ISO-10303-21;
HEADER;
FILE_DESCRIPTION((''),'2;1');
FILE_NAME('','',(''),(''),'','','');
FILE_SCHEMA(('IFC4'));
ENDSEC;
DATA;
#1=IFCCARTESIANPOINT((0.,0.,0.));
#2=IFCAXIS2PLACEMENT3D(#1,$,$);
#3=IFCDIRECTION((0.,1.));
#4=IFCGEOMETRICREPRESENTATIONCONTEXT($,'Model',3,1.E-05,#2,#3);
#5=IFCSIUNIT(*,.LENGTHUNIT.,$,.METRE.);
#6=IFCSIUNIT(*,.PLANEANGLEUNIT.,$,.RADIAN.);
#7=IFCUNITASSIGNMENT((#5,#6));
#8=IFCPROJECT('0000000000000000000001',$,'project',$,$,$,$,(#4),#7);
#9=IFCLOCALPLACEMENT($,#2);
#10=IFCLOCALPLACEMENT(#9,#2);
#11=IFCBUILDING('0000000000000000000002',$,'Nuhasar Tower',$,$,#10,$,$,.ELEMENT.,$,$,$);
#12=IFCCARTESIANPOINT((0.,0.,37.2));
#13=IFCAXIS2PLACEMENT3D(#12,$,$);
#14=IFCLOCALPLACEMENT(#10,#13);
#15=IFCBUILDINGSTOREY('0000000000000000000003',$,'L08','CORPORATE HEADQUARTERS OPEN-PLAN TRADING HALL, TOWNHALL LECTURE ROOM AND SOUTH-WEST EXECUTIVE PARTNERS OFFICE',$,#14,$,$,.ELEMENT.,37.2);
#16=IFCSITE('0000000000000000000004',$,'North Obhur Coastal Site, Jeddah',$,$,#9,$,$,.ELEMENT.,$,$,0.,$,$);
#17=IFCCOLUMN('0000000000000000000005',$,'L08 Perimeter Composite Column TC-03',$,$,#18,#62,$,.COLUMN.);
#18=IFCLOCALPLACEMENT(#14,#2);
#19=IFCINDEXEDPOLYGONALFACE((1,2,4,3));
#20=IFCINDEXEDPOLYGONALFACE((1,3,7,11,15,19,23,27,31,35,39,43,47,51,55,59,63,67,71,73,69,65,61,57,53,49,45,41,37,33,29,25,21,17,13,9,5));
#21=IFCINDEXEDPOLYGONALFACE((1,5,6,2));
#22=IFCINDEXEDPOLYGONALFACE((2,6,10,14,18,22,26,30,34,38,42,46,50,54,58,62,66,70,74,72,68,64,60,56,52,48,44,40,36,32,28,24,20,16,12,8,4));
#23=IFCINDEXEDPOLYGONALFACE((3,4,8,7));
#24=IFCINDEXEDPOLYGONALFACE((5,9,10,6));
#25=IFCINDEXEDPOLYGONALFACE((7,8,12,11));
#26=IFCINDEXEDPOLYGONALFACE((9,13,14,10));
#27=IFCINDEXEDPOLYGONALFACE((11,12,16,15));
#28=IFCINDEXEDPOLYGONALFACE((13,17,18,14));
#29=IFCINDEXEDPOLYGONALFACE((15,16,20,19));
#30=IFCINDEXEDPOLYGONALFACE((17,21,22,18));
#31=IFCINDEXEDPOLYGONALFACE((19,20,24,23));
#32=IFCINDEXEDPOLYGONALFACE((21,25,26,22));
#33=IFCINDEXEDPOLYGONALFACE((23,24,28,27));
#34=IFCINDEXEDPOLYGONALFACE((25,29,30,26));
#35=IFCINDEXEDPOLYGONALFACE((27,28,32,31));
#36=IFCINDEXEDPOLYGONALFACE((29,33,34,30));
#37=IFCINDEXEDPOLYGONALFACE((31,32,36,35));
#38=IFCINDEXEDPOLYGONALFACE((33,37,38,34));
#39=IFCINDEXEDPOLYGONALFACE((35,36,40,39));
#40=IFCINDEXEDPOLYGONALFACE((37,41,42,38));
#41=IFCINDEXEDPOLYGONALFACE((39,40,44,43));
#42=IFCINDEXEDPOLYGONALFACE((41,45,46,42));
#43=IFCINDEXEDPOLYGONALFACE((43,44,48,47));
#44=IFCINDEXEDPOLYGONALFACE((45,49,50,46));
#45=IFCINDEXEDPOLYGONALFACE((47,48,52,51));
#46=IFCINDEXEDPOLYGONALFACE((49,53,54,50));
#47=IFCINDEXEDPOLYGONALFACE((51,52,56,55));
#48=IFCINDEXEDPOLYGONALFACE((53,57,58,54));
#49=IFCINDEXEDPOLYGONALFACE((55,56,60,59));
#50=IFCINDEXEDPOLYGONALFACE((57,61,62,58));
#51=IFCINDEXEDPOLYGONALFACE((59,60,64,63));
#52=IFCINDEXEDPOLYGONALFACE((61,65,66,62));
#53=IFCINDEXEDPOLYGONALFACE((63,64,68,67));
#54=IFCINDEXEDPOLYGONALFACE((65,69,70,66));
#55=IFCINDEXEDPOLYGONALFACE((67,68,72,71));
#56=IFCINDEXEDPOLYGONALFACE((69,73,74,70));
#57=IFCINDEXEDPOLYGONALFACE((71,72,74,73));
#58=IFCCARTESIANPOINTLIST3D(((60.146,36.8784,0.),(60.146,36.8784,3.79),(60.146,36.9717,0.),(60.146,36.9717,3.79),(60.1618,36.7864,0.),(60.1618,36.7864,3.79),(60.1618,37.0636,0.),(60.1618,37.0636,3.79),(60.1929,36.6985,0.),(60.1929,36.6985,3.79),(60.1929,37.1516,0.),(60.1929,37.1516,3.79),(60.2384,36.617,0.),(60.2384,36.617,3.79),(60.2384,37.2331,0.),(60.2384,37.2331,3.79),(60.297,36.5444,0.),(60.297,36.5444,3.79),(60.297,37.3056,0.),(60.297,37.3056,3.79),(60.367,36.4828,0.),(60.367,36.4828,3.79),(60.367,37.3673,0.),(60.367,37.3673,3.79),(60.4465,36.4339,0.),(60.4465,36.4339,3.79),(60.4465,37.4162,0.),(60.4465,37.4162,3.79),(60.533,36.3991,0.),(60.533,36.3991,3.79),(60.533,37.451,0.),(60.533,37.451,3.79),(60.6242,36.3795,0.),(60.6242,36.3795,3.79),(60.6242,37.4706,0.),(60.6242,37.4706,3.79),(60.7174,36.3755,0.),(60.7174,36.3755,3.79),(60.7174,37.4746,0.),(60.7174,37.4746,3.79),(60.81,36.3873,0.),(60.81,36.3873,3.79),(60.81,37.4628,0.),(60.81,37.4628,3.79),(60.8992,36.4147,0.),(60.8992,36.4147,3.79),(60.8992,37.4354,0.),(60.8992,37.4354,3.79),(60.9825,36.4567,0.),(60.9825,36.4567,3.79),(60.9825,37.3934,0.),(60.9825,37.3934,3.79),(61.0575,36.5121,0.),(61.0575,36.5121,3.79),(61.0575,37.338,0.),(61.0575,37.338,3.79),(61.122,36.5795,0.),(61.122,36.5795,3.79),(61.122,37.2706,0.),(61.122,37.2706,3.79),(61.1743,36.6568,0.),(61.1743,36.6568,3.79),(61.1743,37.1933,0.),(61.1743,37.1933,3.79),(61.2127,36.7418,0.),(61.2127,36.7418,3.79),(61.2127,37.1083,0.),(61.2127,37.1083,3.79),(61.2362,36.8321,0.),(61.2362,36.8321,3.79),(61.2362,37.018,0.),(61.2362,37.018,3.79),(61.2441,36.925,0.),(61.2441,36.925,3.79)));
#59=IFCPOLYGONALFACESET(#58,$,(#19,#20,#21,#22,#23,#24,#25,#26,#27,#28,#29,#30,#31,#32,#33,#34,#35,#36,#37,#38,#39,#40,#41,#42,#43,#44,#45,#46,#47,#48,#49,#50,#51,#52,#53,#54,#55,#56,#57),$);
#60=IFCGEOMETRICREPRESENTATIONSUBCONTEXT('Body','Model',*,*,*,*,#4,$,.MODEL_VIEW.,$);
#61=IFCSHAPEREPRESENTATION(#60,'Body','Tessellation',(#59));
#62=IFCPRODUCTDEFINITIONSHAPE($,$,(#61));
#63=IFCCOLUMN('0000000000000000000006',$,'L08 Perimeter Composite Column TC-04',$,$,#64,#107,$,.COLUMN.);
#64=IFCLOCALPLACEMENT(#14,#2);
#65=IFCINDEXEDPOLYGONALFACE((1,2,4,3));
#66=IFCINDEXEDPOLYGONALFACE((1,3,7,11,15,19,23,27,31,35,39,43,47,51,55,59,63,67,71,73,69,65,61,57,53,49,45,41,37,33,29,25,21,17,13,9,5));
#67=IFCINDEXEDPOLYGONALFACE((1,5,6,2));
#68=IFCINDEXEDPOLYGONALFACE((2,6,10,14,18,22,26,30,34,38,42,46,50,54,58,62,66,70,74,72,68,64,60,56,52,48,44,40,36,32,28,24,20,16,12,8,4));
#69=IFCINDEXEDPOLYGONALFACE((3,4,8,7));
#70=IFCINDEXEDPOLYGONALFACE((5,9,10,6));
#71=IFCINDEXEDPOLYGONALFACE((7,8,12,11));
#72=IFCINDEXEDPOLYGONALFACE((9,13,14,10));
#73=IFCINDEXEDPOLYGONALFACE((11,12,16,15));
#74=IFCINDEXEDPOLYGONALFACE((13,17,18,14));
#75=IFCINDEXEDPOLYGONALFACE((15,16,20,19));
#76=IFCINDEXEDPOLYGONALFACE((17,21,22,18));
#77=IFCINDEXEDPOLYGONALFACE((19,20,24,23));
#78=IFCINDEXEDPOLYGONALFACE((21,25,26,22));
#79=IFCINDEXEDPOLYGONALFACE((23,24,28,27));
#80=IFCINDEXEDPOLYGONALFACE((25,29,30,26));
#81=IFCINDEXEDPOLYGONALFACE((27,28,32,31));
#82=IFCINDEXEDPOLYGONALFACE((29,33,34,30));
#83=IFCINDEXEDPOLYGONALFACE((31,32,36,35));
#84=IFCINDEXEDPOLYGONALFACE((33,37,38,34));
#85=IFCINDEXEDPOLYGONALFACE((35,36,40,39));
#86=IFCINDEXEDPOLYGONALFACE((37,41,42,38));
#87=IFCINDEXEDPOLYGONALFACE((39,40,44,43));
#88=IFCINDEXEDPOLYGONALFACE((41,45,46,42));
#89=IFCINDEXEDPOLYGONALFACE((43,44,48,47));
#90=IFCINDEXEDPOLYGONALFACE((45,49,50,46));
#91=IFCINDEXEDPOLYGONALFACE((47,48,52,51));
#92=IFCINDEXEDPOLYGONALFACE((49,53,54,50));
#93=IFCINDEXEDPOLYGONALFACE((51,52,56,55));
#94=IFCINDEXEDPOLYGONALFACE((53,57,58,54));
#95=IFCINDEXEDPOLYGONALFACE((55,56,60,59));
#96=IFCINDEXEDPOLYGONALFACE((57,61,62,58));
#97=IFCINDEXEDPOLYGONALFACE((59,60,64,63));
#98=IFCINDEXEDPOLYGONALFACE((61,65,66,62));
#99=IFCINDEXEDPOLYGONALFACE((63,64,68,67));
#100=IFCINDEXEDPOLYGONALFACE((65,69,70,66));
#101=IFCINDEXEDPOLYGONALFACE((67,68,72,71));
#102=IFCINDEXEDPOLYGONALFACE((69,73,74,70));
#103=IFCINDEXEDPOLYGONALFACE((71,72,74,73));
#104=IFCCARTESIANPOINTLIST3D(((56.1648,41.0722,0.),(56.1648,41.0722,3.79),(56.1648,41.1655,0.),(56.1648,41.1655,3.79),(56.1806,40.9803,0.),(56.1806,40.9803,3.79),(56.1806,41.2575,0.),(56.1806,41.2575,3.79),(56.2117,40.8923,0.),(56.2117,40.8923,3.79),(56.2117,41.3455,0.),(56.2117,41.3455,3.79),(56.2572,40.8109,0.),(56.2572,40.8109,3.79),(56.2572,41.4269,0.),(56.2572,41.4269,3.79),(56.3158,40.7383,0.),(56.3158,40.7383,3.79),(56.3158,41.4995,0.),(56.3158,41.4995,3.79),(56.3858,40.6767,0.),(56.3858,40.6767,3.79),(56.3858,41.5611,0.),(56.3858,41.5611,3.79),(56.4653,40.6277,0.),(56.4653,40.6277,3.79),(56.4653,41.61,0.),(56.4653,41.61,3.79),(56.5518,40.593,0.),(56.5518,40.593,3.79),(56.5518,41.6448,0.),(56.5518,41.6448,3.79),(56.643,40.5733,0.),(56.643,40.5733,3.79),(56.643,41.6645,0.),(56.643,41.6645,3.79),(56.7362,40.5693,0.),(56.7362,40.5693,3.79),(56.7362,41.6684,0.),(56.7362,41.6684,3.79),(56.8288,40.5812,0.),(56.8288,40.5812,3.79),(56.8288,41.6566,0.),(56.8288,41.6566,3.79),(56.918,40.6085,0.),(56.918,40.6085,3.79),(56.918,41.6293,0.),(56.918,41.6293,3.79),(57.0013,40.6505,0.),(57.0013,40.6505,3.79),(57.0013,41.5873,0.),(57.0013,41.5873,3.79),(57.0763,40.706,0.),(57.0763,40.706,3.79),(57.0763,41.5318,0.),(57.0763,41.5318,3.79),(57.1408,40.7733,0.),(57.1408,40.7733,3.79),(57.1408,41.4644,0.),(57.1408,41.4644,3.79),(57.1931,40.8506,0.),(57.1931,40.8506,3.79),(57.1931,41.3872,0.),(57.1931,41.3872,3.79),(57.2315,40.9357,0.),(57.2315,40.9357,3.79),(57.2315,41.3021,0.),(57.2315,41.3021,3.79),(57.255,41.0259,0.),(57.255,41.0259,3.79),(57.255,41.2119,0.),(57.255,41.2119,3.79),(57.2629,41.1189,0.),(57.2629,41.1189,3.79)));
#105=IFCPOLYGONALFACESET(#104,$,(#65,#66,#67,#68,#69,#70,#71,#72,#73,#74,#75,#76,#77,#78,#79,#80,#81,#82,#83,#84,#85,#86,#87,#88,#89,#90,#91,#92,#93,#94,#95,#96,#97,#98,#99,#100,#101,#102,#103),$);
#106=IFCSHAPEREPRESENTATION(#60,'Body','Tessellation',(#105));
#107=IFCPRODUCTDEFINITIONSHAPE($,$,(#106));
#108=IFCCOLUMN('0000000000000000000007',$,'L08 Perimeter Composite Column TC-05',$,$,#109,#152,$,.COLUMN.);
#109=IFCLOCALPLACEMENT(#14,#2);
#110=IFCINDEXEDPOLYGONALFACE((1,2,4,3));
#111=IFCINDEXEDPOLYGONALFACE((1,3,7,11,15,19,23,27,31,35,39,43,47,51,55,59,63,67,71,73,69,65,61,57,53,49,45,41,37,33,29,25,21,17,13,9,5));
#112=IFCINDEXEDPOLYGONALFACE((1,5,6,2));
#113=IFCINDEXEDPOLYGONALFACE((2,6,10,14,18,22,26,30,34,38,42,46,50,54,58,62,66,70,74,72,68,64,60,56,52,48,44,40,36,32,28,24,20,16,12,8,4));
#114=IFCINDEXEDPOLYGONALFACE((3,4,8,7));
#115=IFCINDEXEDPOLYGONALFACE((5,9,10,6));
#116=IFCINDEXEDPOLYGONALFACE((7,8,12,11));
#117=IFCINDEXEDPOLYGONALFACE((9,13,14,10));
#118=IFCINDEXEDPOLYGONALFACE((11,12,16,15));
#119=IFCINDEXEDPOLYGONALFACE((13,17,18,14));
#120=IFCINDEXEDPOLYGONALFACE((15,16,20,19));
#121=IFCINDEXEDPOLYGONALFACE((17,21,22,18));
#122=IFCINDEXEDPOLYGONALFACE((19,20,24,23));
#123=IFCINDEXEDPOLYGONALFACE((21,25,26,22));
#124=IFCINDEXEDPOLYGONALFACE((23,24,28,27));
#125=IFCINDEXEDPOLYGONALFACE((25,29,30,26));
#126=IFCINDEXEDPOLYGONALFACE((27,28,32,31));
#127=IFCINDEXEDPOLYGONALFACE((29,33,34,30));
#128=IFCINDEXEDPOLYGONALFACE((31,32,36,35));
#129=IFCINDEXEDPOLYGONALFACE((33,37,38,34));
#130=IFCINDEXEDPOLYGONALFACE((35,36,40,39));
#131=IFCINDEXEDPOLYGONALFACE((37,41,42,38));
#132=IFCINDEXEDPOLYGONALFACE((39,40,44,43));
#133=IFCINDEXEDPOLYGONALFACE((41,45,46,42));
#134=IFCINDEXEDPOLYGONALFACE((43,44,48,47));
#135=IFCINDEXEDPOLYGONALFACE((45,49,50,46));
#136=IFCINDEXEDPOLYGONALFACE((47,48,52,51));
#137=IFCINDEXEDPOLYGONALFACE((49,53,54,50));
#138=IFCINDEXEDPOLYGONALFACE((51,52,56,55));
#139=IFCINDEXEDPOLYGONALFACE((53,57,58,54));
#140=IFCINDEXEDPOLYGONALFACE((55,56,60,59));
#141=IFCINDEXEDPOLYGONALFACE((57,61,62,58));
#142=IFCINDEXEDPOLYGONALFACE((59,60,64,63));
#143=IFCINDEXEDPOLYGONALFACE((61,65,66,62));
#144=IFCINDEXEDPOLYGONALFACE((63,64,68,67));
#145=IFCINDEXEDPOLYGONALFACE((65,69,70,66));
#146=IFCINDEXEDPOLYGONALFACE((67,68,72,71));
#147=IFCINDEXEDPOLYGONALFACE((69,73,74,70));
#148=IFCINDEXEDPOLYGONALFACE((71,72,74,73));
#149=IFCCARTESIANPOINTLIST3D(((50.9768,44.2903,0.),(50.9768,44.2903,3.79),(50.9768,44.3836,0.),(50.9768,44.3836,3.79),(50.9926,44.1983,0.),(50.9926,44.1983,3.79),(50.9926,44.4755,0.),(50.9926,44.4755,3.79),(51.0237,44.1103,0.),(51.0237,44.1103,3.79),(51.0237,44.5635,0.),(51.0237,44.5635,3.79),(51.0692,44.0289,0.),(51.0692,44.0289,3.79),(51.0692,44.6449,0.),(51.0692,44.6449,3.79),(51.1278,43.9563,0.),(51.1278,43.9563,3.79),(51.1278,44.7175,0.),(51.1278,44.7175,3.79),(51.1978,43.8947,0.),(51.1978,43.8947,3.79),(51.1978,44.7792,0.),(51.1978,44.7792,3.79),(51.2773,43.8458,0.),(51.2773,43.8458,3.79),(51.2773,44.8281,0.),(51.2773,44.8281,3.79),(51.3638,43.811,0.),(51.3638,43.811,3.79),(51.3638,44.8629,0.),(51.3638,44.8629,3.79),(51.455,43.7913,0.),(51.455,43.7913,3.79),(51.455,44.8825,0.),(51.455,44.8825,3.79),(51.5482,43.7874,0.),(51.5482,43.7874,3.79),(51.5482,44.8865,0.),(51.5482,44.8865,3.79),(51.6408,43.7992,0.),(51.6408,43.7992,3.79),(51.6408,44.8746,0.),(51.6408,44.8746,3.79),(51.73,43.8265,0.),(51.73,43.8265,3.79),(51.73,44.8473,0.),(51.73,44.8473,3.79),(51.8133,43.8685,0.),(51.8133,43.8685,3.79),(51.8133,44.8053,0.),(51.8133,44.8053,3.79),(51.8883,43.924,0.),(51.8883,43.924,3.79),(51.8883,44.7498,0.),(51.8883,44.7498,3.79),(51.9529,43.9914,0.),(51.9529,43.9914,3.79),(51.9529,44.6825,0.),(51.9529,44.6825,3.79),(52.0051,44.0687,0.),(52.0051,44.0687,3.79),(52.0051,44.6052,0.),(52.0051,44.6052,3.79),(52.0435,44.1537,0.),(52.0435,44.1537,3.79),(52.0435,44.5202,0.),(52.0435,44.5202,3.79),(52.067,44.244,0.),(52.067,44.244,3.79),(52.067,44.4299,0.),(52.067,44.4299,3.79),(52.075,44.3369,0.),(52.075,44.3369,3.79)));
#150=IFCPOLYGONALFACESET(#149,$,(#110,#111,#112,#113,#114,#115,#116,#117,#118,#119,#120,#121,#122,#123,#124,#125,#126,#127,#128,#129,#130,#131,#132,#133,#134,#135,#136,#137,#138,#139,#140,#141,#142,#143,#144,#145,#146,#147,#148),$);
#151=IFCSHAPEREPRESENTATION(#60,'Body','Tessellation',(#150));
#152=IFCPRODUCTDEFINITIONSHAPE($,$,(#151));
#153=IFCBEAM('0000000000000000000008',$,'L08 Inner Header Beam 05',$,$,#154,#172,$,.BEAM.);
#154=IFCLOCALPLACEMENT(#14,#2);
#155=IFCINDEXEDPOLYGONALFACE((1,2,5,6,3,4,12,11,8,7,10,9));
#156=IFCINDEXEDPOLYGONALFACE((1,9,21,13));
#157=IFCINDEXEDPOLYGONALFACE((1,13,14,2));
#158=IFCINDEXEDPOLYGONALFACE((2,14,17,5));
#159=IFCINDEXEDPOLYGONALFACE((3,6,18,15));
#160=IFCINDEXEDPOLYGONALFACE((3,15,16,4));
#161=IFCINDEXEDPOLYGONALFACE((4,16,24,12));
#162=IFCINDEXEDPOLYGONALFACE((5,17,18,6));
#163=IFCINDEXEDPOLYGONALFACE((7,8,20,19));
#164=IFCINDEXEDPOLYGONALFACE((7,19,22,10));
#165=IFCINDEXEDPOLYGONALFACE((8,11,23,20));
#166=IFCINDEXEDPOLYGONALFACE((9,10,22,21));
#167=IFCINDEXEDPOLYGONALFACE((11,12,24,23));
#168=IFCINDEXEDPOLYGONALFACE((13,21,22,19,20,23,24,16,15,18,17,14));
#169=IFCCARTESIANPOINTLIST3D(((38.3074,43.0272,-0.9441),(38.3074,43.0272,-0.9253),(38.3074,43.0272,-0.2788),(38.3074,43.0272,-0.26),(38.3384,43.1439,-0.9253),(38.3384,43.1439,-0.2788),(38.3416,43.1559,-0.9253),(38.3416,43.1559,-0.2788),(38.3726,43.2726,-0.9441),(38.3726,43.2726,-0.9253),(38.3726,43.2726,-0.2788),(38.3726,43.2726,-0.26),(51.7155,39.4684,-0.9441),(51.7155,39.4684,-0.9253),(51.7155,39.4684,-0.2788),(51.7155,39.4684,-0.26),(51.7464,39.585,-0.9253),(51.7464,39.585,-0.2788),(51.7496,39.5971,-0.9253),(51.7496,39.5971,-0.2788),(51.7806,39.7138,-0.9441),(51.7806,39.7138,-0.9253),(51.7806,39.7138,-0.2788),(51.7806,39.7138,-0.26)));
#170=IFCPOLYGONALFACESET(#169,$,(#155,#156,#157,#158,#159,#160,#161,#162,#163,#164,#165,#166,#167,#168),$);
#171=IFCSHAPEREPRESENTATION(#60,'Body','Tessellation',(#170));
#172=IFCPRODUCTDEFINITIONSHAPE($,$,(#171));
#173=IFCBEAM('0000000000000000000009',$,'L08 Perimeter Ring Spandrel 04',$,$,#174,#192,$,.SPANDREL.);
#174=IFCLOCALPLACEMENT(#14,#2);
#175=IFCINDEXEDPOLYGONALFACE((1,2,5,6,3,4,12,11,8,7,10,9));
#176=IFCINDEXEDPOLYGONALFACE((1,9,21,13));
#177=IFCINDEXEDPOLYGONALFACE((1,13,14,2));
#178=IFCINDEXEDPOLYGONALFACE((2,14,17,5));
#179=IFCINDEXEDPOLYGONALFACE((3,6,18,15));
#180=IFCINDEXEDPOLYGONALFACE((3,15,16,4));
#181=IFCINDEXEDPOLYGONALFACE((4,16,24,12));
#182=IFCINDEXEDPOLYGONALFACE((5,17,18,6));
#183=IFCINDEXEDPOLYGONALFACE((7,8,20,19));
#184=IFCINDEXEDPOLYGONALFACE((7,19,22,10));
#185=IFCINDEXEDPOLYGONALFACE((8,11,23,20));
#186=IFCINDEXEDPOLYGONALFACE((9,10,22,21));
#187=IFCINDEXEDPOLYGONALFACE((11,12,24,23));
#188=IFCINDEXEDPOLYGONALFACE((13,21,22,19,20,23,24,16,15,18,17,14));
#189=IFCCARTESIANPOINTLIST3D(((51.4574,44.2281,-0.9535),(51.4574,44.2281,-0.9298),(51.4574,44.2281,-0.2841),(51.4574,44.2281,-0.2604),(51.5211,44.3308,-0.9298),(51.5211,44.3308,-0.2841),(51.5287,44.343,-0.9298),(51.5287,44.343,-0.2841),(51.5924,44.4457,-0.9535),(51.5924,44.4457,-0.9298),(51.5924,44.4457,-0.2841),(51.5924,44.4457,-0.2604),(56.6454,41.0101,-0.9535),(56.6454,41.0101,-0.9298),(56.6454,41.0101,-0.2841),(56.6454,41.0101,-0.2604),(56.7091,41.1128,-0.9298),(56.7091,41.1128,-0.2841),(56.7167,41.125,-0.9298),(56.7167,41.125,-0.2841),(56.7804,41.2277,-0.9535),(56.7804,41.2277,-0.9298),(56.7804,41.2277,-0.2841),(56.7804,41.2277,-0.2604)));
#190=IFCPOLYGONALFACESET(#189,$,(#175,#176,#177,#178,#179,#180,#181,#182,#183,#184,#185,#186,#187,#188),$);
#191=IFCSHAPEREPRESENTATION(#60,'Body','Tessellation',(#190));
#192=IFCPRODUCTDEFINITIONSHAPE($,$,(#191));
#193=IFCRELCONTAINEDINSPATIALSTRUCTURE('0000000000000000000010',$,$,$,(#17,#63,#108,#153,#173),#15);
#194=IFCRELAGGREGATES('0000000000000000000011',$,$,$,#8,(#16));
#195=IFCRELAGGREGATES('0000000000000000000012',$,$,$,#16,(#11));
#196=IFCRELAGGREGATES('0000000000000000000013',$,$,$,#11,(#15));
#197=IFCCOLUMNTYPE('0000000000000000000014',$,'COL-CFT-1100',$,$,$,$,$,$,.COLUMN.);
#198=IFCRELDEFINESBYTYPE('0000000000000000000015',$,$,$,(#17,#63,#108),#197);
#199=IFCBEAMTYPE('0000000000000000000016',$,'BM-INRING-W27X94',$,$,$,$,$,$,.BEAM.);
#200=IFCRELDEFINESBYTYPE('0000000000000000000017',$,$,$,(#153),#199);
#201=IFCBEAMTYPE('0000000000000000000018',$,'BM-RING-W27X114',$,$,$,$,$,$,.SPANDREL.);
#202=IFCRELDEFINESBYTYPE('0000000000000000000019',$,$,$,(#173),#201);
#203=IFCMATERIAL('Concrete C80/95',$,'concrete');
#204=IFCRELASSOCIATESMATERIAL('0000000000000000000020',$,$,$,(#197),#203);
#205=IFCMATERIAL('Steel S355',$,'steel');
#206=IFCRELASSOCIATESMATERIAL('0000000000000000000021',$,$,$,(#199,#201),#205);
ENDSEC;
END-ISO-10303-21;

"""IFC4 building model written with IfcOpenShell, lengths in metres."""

from ifc_helpers import new_model, si_unit, direction, frame, origin, origin_2d, place, context, subcontext, project, spatial, circle, i_section, extrude, material, material_profile, profile_set, type_object, element, save


model = new_model("IFC4")

# Units and contexts
model_context = context("Model", 3, precision=1e-05, world=origin(), true_north=direction((0.0, 1.0)))
body_context = subcontext(model_context, "Body", "Model", "MODEL_VIEW")
ifc_project = project(units=[si_unit("LENGTHUNIT", "METRE"), si_unit("PLANEANGLEUNIT", "RADIAN")], contexts=[model_context])

# Site, building, storey
site_placement = place(None, origin())
site = spatial("IfcSite", under=ifc_project, at=site_placement, Name="North Obhur Coastal Site, Jeddah", CompositionType="ELEMENT", RefElevation=0.0)
building_placement = place(site_placement, origin())
building = spatial("IfcBuilding", under=site, at=building_placement, Name="Nuhasar Tower", CompositionType="ELEMENT")
storey_placement = place(building_placement, frame((0.0, 0.0, 37.2)))
storey = spatial("IfcBuildingStorey", under=building, at=storey_placement, Name="L08", Description="CORPORATE HEADQUARTERS OPEN-PLAN TRADING HALL, TOWNHALL LECTURE ROOM AND SOUTH-WEST EXECUTIVE PARTNERS OFFICE", CompositionType="ELEMENT", Elevation=37.2)

# Columns
ifc_material_1 = material(Name="Concrete C80/95", Category="concrete")
ifc_material_profile_1 = material_profile(ifc_material_1, circle(Radius=0.55, at=origin_2d()), Name="CFT1100")
ifc_profile_set_1 = profile_set([ifc_material_profile_1], Name="Concrete C80/95")
column_type = type_object("IfcColumnType", Name="COL-CFT-1100", PredefinedType="COLUMN", material=ifc_profile_set_1)
for number, where, z_axis, x_axis, name in (
    (1, (60.6941, 36.925, 0.0), (0.0, 0.0, 1.0), (1.0, 0.0, 0.0), "L08 Perimeter Composite Column TC-03"),
    (2, (56.7129, 41.1189, 0.0), (0.0, 0.0, 1.0), (1.0, 0.0, 0.0), "L08 Perimeter Composite Column TC-04"),
    (3, (51.5249, 44.3369, 0.0), (0.0, 0.0, 1.0), (1.0, 0.0, 0.0), "L08 Perimeter Composite Column TC-05"),
):
    element("IfcColumn", number, at=place(storey_placement, frame(where, z_axis=z_axis, x_axis=x_axis)), inside=storey, type_object=column_type, Name=name, PredefinedType="COLUMN", context=body_context, shape_type="SweptSolid", body=[
        extrude(circle(Radius=0.55, at=origin_2d()), origin(), (0.0, 0.0, 1.0), 3.79),
    ])

# Beams
ifc_material_2 = material(Name="Steel S355", Category="steel")
ifc_material_profile_2 = material_profile(ifc_material_2, i_section(OverallWidth=0.2539, OverallDepth=0.6841, WebThickness=0.0125, FlangeThickness=0.0188, at=origin_2d()), Name="W27X94")
ifc_profile_set_2 = profile_set([ifc_material_profile_2], Name="Steel S355")
beam_type_1 = type_object("IfcBeamType", Name="BM-INRING-W27X94", PredefinedType="BEAM", material=ifc_profile_set_2)
beam_1_placement = place(storey_placement, frame((51.748, 39.5911, -0.6021), z_axis=(-0.966533, 0.256544, 0.0), x_axis=(-0.256544, -0.966533, 0.0)))
element("IfcBeam", 4, at=beam_1_placement, inside=storey, type_object=beam_type_1, Name="L08 Inner Header Beam 05", PredefinedType="BEAM", context=body_context, shape_type="SweptSolid", body=[
    extrude(i_section(OverallWidth=0.2539, OverallDepth=0.6841, WebThickness=0.0125, FlangeThickness=0.0188, at=origin_2d()), origin(), (0.0, 0.0, 1.0), 13.8723),
])
ifc_material_profile_3 = material_profile(ifc_material_2, i_section(OverallWidth=0.2561, OverallDepth=0.6931, WebThickness=0.0144, FlangeThickness=0.0237, at=origin_2d()), Name="W27X114")
ifc_profile_set_3 = profile_set([ifc_material_profile_3], Name="Steel S355")
beam_type_2 = type_object("IfcBeamType", Name="BM-RING-W27X114", PredefinedType="SPANDREL", material=ifc_profile_set_3)
beam_2_placement = place(storey_placement, frame((56.7129, 41.1189, -0.6069), z_axis=(-0.849795, 0.527113, 0.0), x_axis=(-0.527113, -0.849795, 0.0)))
element("IfcBeam", 5, at=beam_2_placement, inside=storey, type_object=beam_type_2, Name="L08 Perimeter Ring Spandrel 04", PredefinedType="SPANDREL", context=body_context, shape_type="SweptSolid", body=[
    extrude(i_section(OverallWidth=0.2561, OverallDepth=0.6931, WebThickness=0.0144, FlangeThickness=0.0237, at=origin_2d()), origin(), (0.0, 0.0, 1.0), 6.105),
])

save(model, "model.ifc")
